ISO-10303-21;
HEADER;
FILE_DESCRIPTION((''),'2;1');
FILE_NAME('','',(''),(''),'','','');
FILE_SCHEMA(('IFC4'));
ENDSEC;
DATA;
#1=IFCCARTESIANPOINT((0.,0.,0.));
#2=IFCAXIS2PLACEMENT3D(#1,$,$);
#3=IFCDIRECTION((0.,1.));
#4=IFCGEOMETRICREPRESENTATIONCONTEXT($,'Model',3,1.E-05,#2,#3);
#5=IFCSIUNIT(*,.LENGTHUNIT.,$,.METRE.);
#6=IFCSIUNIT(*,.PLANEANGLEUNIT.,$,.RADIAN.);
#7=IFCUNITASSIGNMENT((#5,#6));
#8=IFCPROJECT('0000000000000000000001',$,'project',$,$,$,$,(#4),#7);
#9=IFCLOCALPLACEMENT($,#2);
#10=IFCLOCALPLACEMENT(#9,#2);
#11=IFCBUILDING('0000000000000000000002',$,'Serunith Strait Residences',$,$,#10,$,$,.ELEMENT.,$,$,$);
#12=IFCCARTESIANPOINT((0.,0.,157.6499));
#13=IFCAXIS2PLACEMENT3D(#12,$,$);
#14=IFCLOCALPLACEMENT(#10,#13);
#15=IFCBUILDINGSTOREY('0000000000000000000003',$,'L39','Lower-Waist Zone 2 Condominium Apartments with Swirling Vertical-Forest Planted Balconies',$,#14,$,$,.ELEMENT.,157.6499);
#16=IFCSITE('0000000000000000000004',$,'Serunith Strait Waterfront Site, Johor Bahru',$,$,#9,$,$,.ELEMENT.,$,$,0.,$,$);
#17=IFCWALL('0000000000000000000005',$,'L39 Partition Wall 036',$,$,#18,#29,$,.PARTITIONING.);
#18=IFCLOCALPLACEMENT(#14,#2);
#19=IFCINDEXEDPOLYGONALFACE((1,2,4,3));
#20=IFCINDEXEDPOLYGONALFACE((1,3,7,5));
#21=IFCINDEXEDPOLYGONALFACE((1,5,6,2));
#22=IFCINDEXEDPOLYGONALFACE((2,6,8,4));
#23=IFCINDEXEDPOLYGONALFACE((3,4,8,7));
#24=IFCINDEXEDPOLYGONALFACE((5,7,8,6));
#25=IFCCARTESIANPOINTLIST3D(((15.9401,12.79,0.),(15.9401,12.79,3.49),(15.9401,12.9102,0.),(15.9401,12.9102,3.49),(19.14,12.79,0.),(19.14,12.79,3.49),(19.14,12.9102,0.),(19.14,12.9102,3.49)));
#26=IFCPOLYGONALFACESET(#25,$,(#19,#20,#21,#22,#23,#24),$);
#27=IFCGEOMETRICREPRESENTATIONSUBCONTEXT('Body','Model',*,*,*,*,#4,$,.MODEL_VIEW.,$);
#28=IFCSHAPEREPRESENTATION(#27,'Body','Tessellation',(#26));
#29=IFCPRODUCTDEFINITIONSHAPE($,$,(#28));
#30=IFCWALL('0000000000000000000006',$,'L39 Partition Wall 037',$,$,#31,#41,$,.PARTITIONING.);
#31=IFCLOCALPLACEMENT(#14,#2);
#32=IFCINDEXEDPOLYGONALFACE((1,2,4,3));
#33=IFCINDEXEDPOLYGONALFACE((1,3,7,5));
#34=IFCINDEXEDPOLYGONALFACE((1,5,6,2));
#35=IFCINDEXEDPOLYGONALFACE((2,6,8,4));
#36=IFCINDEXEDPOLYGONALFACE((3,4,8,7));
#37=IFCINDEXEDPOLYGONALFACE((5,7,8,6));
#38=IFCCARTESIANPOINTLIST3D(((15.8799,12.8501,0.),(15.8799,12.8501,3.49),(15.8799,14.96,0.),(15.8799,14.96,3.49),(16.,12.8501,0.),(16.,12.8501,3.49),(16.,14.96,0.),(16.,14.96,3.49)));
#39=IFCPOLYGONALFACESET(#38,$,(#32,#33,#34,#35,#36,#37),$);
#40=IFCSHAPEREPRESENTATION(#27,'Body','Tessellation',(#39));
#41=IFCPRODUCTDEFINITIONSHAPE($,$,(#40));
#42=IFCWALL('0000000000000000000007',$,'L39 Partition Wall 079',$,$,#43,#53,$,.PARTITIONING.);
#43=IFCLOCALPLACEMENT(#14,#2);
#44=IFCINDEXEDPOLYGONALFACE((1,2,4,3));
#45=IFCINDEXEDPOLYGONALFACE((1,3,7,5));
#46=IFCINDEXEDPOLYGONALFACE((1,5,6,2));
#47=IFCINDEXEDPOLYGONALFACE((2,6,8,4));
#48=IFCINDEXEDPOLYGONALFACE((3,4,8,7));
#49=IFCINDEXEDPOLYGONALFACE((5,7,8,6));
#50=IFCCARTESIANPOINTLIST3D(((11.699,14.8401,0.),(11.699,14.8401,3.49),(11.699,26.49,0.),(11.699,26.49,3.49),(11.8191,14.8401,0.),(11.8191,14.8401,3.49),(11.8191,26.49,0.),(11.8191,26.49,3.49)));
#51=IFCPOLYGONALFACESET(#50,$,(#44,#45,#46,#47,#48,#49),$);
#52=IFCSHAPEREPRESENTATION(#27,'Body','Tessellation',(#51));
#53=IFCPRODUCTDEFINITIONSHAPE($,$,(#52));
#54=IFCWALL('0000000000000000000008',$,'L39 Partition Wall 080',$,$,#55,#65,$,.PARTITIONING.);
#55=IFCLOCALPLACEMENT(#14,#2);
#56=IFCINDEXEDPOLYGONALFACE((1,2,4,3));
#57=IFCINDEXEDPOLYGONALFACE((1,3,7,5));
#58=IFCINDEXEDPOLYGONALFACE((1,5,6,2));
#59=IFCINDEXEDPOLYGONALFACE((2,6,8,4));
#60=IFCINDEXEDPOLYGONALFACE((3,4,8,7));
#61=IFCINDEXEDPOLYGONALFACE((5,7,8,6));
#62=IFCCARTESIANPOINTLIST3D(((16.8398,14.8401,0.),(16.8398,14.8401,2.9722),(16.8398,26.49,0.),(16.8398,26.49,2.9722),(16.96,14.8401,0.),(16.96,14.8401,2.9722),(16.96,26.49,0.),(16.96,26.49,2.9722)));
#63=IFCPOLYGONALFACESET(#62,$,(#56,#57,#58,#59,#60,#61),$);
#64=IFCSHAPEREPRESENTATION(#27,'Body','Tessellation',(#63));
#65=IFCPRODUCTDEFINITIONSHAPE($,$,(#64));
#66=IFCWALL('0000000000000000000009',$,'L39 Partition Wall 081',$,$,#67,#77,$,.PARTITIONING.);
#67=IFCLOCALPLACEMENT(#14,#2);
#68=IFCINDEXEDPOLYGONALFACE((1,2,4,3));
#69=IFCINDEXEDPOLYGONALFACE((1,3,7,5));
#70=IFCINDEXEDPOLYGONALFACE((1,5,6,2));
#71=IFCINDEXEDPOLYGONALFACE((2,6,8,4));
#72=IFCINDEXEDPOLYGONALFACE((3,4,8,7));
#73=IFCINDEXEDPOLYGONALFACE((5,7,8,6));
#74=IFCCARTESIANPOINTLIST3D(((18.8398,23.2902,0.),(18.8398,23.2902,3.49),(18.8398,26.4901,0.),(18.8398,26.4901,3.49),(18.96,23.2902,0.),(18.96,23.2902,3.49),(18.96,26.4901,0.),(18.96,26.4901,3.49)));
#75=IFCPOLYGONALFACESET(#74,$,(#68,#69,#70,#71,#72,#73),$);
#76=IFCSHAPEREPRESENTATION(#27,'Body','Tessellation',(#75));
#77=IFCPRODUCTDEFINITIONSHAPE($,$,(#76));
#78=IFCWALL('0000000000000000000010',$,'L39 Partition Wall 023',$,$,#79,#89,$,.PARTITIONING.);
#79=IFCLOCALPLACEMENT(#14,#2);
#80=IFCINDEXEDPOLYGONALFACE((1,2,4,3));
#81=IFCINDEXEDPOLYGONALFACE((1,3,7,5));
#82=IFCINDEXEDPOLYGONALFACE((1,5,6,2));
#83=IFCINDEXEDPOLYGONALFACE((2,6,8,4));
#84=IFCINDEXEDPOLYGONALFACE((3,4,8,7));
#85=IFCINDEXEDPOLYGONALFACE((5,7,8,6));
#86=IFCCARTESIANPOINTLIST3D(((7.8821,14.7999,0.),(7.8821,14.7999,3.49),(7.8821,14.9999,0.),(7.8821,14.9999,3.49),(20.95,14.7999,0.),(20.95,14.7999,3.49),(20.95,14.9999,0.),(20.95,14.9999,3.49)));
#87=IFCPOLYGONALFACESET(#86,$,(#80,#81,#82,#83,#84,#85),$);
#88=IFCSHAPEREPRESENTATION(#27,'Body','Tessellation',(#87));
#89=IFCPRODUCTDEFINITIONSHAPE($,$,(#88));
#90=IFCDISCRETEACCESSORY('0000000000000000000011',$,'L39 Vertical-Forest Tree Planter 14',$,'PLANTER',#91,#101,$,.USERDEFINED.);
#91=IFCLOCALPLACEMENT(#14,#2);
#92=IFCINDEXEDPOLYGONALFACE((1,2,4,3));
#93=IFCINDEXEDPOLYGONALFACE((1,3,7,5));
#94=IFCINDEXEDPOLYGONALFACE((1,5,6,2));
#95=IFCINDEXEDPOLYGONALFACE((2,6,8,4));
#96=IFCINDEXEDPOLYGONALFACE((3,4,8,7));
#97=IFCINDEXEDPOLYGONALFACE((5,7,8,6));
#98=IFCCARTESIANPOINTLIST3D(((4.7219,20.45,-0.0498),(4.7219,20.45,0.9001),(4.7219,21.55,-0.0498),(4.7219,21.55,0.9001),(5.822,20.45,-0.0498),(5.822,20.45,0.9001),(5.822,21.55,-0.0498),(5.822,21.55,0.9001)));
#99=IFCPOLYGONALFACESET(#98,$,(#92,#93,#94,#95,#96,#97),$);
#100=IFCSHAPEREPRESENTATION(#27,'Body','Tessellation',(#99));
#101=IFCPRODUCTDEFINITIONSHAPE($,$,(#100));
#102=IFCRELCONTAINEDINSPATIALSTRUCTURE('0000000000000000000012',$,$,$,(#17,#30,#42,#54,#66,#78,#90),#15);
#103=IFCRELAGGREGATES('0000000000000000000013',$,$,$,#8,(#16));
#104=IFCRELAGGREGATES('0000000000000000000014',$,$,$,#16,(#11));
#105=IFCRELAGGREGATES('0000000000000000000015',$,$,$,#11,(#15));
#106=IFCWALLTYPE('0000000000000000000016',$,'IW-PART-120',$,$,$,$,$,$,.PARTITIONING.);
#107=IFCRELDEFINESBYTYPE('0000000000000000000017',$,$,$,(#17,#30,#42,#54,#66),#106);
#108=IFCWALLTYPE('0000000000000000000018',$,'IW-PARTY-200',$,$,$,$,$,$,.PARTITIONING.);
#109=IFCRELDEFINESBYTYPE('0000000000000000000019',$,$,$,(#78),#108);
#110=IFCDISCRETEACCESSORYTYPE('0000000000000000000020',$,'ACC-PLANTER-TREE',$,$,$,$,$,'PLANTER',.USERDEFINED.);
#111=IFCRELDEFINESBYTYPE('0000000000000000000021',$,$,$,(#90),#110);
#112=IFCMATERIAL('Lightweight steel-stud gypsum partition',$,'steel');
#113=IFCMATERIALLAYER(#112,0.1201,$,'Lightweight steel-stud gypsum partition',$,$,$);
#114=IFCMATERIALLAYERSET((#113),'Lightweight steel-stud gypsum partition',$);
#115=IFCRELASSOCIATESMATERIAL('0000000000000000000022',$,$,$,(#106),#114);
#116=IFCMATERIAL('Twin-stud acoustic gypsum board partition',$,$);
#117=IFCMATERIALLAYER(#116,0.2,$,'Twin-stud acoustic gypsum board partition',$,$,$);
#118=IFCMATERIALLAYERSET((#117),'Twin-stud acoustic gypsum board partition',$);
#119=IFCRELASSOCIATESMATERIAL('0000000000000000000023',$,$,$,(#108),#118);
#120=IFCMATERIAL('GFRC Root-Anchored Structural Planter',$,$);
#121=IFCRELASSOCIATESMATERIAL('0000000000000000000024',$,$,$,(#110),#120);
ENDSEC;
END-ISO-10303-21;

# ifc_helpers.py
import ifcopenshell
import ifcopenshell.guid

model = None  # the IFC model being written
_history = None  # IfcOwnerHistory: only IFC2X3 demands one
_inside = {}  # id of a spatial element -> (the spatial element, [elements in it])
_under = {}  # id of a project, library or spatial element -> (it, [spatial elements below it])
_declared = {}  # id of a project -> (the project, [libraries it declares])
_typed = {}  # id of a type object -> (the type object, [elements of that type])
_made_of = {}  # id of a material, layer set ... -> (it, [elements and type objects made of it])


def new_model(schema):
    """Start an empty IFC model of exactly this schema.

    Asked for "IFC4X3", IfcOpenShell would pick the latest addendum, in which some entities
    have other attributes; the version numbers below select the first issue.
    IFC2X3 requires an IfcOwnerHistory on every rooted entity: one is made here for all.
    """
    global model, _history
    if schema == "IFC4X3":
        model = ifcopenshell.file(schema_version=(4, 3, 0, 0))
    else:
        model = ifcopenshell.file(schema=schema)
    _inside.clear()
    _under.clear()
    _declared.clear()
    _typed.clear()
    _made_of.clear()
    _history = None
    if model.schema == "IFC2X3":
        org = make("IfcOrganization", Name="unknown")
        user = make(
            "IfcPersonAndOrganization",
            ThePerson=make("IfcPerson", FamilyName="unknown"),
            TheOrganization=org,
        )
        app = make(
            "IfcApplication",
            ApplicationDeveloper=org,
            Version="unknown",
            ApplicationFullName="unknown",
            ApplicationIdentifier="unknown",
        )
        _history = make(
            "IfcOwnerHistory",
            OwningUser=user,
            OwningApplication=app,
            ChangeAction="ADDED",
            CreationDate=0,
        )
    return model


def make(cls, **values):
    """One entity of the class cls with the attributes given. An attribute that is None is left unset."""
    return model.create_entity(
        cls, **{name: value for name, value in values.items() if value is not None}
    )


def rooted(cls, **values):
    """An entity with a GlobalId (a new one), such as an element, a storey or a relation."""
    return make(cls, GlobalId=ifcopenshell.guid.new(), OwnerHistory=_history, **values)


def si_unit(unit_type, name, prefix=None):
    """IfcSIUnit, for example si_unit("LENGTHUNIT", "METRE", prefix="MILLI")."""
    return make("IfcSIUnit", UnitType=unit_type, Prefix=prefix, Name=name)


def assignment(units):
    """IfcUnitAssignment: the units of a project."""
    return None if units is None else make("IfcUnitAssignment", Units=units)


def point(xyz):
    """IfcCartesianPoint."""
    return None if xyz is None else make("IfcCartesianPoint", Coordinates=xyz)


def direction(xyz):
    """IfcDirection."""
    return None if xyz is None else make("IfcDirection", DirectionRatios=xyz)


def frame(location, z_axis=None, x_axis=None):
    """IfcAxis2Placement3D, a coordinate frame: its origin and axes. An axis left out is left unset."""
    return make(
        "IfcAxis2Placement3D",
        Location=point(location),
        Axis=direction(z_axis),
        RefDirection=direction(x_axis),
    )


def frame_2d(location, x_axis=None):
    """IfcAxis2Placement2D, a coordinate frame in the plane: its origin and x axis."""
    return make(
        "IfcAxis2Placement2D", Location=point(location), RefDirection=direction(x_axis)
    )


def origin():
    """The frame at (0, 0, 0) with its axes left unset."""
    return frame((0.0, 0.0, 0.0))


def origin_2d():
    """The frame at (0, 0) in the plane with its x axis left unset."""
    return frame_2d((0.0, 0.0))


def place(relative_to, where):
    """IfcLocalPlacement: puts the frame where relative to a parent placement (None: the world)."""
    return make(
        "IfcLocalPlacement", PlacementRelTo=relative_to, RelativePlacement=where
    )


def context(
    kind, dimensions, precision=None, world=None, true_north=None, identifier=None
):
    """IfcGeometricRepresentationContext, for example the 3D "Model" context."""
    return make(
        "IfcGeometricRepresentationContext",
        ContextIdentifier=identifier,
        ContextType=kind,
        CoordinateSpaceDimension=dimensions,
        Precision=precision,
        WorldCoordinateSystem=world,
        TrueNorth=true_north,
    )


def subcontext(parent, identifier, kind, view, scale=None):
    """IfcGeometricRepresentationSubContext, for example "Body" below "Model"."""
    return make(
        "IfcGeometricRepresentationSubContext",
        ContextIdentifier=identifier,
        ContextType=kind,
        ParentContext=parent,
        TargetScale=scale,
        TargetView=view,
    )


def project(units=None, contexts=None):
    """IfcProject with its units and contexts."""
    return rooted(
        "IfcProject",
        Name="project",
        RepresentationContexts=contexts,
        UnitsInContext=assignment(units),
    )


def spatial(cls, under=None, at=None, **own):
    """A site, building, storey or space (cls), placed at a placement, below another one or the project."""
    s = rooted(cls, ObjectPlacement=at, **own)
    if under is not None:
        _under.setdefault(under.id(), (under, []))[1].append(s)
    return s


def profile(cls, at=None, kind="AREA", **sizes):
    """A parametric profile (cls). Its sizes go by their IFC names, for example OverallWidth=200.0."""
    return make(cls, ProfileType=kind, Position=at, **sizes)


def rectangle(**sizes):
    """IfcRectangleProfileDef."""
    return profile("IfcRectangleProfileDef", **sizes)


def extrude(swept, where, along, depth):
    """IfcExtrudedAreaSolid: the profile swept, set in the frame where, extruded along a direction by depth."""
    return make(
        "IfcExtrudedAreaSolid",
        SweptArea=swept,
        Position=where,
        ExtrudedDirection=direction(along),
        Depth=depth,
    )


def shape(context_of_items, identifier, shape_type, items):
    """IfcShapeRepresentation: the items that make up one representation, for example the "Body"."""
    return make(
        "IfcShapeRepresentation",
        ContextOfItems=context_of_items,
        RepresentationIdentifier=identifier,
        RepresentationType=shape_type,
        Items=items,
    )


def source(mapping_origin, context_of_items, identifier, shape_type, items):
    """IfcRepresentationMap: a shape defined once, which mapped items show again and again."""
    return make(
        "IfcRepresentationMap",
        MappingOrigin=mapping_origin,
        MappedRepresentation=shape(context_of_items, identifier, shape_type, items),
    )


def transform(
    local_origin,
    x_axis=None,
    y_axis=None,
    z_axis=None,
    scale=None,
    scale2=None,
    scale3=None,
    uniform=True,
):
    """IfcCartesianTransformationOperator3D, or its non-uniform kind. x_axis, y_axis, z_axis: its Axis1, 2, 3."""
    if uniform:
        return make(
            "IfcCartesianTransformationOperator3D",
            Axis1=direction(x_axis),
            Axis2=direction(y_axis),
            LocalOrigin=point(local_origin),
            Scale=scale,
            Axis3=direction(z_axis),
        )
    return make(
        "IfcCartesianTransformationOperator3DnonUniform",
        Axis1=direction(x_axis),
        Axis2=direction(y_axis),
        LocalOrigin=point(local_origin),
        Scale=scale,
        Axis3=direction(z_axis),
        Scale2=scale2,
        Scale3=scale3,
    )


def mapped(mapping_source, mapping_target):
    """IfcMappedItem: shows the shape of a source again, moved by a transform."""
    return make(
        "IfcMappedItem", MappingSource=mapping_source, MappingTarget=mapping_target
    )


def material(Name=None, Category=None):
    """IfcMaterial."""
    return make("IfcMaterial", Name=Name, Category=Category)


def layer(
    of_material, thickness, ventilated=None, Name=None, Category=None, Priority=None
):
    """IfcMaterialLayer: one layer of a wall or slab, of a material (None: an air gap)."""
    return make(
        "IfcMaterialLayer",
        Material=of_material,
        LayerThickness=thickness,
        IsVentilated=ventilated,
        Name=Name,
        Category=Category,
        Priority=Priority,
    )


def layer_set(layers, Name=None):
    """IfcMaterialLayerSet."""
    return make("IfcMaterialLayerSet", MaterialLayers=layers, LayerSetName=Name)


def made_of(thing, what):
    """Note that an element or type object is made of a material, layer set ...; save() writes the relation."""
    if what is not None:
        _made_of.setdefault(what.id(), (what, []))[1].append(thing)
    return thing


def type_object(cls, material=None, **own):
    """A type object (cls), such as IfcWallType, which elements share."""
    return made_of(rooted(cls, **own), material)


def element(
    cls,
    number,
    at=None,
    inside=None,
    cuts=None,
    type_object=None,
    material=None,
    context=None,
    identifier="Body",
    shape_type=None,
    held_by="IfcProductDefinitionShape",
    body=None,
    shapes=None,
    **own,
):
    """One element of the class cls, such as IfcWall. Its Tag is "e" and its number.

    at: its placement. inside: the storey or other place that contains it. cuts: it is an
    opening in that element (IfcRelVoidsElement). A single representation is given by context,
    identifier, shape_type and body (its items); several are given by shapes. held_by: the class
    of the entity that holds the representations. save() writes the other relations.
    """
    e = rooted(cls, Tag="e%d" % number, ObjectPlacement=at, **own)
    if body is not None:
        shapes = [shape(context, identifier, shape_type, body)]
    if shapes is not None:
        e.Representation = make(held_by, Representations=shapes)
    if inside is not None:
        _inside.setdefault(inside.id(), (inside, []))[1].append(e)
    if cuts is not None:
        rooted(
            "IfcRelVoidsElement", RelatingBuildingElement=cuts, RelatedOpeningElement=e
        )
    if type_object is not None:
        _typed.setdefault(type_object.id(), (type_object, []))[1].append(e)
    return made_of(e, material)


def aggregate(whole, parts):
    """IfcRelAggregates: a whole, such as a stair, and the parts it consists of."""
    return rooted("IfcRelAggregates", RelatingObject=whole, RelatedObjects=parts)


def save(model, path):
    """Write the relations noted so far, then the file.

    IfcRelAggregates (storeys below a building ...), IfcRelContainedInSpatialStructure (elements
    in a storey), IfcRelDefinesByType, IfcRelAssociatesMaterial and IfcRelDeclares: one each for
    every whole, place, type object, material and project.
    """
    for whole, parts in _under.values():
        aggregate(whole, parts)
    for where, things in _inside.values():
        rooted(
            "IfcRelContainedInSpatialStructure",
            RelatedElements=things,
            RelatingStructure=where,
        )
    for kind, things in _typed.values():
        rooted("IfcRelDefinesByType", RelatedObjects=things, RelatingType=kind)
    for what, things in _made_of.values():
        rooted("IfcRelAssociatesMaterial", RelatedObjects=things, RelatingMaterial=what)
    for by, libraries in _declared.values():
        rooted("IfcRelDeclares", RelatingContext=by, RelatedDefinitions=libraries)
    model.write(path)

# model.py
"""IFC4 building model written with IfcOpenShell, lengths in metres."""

from ifc_helpers import new_model, si_unit, direction, frame, frame_2d, origin, origin_2d, place, context, subcontext, project, spatial, rectangle, extrude, source, transform, mapped, material, layer, layer_set, type_object, element, save


model = new_model("IFC4")

# Units and contexts
model_context = context("Model", 3, precision=1e-05, world=origin(), true_north=direction((0.0, 1.0)))
body_context = subcontext(model_context, "Body", "Model", "MODEL_VIEW")
ifc_project = project(units=[si_unit("LENGTHUNIT", "METRE"), si_unit("PLANEANGLEUNIT", "RADIAN")], contexts=[model_context])

# Site, building, storey
site_placement = place(None, origin())
site = spatial("IfcSite", under=ifc_project, at=site_placement, Name="Serunith Strait Waterfront Site, Johor Bahru", CompositionType="ELEMENT", RefElevation=0.0)
building_placement = place(site_placement, origin())
building = spatial("IfcBuilding", under=site, at=building_placement, Name="Serunith Strait Residences", CompositionType="ELEMENT")
storey_placement = place(building_placement, frame((0.0, 0.0, 157.6499)))
storey = spatial("IfcBuildingStorey", under=building, at=storey_placement, Name="L39", Description="Lower-Waist Zone 2 Condominium Apartments with Swirling Vertical-Forest Planted Balconies", CompositionType="ELEMENT", Elevation=157.6499)

# Walls
ifc_material_1 = material(Name="Lightweight steel-stud gypsum partition", Category="steel")
ifc_layer_1 = layer(ifc_material_1, 0.1201, Name="Lightweight steel-stud gypsum partition")
ifc_layer_set_1 = layer_set([ifc_layer_1], Name="Lightweight steel-stud gypsum partition")
wall_type_1 = type_object("IfcWallType", Name="IW-PART-120", PredefinedType="PARTITIONING", material=ifc_layer_set_1)
wall_1_placement = place(storey_placement, frame((15.9399, 12.8501, 0.0), z_axis=(0.0, 0.0, 1.0), x_axis=(1.0, 0.0, 0.0)))
element("IfcWall", 1, at=wall_1_placement, inside=storey, type_object=wall_type_1, Name="L39 Partition Wall 036", PredefinedType="PARTITIONING", context=body_context, shape_type="SweptSolid", body=[
    extrude(rectangle(XDim=3.2, YDim=0.1201, at=frame_2d((1.6001, 0.0))), origin(), (0.0, 0.0, 1.0), 3.49),
])
wall_2_placement = place(storey_placement, frame((15.9399, 12.8501, 0.0), z_axis=(0.0, 0.0, 1.0), x_axis=(0.0, 1.0, 0.0)))
element("IfcWall", 2, at=wall_2_placement, inside=storey, type_object=wall_type_1, Name="L39 Partition Wall 037", PredefinedType="PARTITIONING", context=body_context, shape_type="SweptSolid", body=[
    extrude(rectangle(XDim=2.1099, YDim=0.1201, at=frame_2d((1.0549, 0.0))), origin(), (0.0, 0.0, 1.0), 3.49),
])
wall_3_placement = place(storey_placement, frame((11.759, 14.8401, 0.0), z_axis=(0.0, 0.0, 1.0), x_axis=(0.0, 1.0, 0.0)))
element("IfcWall", 3, at=wall_3_placement, inside=storey, type_object=wall_type_1, Name="L39 Partition Wall 079", PredefinedType="PARTITIONING", context=body_context, shape_type="SweptSolid", body=[
    extrude(rectangle(XDim=11.6499, YDim=0.1201, at=frame_2d((5.825, 0.0))), origin(), (0.0, 0.0, 1.0), 3.49),
])
wall_4_placement = place(storey_placement, frame((16.8999, 14.8401, 0.0), z_axis=(0.0, 0.0, 1.0), x_axis=(0.0, 1.0, 0.0)))
element("IfcWall", 4, at=wall_4_placement, inside=storey, type_object=wall_type_1, Name="L39 Partition Wall 080", PredefinedType="PARTITIONING", context=body_context, shape_type="SweptSolid", body=[
    extrude(rectangle(XDim=11.6499, YDim=0.1201, at=frame_2d((5.825, 0.0))), origin(), (0.0, 0.0, 1.0), 2.9722),
])
wall_5_placement = place(storey_placement, frame((18.8999, 23.29, 0.0), z_axis=(0.0, 0.0, 1.0), x_axis=(0.0, 1.0, 0.0)))
element("IfcWall", 5, at=wall_5_placement, inside=storey, type_object=wall_type_1, Name="L39 Partition Wall 081", PredefinedType="PARTITIONING", context=body_context, shape_type="SweptSolid", body=[
    extrude(rectangle(XDim=3.2, YDim=0.1201, at=frame_2d((1.6001, 0.0))), origin(), (0.0, 0.0, 1.0), 3.49),
])
ifc_material_2 = material(Name="Twin-stud acoustic gypsum board partition")
ifc_layer_2 = layer(ifc_material_2, 0.2, Name="Twin-stud acoustic gypsum board partition")
ifc_layer_set_2 = layer_set([ifc_layer_2], Name="Twin-stud acoustic gypsum board partition")
wall_type_2 = type_object("IfcWallType", Name="IW-PARTY-200", PredefinedType="PARTITIONING", material=ifc_layer_set_2)
wall_6_placement = place(storey_placement, frame((7.8821, 14.8999, 0.0), z_axis=(0.0, 0.0, 1.0), x_axis=(1.0, 0.0, 0.0)))
element("IfcWall", 6, at=wall_6_placement, inside=storey, type_object=wall_type_2, Name="L39 Partition Wall 023", PredefinedType="PARTITIONING", context=body_context, shape_type="SweptSolid", body=[
    extrude(rectangle(XDim=13.0679, YDim=0.2, at=frame_2d((6.5339, 0.0))), origin(), (0.0, 0.0, 1.0), 3.49),
])

# Discrete accessory
ifc_material_3 = material(Name="GFRC Root-Anchored Structural Planter")
discrete_accessory_type = type_object("IfcDiscreteAccessoryType", Name="ACC-PLANTER-TREE", ElementType="PLANTER", PredefinedType="USERDEFINED", material=ifc_material_3)
shared_shape_1 = source(origin(), body_context, "Body", "SweptSolid", [
    extrude(rectangle(XDim=1.1001, YDim=1.1001, at=origin_2d()), origin(), (0.0, 0.0, 1.0), 0.95),
])
discrete_accessory_placement = place(storey_placement, frame((5.272, 21.0, -0.0498), z_axis=(0.0, 0.0, 1.0), x_axis=(0.0, -1.0, 0.0)))
element("IfcDiscreteAccessory", 7, at=discrete_accessory_placement, inside=storey, type_object=discrete_accessory_type, Name="L39 Vertical-Forest Tree Planter 14", ObjectType="PLANTER", PredefinedType="USERDEFINED", context=body_context, shape_type="MappedRepresentation", body=[
    mapped(shared_shape_1, transform((0.0, 0.0, 0.0), scale=1.0)),
])

save(model, "model.ifc")
